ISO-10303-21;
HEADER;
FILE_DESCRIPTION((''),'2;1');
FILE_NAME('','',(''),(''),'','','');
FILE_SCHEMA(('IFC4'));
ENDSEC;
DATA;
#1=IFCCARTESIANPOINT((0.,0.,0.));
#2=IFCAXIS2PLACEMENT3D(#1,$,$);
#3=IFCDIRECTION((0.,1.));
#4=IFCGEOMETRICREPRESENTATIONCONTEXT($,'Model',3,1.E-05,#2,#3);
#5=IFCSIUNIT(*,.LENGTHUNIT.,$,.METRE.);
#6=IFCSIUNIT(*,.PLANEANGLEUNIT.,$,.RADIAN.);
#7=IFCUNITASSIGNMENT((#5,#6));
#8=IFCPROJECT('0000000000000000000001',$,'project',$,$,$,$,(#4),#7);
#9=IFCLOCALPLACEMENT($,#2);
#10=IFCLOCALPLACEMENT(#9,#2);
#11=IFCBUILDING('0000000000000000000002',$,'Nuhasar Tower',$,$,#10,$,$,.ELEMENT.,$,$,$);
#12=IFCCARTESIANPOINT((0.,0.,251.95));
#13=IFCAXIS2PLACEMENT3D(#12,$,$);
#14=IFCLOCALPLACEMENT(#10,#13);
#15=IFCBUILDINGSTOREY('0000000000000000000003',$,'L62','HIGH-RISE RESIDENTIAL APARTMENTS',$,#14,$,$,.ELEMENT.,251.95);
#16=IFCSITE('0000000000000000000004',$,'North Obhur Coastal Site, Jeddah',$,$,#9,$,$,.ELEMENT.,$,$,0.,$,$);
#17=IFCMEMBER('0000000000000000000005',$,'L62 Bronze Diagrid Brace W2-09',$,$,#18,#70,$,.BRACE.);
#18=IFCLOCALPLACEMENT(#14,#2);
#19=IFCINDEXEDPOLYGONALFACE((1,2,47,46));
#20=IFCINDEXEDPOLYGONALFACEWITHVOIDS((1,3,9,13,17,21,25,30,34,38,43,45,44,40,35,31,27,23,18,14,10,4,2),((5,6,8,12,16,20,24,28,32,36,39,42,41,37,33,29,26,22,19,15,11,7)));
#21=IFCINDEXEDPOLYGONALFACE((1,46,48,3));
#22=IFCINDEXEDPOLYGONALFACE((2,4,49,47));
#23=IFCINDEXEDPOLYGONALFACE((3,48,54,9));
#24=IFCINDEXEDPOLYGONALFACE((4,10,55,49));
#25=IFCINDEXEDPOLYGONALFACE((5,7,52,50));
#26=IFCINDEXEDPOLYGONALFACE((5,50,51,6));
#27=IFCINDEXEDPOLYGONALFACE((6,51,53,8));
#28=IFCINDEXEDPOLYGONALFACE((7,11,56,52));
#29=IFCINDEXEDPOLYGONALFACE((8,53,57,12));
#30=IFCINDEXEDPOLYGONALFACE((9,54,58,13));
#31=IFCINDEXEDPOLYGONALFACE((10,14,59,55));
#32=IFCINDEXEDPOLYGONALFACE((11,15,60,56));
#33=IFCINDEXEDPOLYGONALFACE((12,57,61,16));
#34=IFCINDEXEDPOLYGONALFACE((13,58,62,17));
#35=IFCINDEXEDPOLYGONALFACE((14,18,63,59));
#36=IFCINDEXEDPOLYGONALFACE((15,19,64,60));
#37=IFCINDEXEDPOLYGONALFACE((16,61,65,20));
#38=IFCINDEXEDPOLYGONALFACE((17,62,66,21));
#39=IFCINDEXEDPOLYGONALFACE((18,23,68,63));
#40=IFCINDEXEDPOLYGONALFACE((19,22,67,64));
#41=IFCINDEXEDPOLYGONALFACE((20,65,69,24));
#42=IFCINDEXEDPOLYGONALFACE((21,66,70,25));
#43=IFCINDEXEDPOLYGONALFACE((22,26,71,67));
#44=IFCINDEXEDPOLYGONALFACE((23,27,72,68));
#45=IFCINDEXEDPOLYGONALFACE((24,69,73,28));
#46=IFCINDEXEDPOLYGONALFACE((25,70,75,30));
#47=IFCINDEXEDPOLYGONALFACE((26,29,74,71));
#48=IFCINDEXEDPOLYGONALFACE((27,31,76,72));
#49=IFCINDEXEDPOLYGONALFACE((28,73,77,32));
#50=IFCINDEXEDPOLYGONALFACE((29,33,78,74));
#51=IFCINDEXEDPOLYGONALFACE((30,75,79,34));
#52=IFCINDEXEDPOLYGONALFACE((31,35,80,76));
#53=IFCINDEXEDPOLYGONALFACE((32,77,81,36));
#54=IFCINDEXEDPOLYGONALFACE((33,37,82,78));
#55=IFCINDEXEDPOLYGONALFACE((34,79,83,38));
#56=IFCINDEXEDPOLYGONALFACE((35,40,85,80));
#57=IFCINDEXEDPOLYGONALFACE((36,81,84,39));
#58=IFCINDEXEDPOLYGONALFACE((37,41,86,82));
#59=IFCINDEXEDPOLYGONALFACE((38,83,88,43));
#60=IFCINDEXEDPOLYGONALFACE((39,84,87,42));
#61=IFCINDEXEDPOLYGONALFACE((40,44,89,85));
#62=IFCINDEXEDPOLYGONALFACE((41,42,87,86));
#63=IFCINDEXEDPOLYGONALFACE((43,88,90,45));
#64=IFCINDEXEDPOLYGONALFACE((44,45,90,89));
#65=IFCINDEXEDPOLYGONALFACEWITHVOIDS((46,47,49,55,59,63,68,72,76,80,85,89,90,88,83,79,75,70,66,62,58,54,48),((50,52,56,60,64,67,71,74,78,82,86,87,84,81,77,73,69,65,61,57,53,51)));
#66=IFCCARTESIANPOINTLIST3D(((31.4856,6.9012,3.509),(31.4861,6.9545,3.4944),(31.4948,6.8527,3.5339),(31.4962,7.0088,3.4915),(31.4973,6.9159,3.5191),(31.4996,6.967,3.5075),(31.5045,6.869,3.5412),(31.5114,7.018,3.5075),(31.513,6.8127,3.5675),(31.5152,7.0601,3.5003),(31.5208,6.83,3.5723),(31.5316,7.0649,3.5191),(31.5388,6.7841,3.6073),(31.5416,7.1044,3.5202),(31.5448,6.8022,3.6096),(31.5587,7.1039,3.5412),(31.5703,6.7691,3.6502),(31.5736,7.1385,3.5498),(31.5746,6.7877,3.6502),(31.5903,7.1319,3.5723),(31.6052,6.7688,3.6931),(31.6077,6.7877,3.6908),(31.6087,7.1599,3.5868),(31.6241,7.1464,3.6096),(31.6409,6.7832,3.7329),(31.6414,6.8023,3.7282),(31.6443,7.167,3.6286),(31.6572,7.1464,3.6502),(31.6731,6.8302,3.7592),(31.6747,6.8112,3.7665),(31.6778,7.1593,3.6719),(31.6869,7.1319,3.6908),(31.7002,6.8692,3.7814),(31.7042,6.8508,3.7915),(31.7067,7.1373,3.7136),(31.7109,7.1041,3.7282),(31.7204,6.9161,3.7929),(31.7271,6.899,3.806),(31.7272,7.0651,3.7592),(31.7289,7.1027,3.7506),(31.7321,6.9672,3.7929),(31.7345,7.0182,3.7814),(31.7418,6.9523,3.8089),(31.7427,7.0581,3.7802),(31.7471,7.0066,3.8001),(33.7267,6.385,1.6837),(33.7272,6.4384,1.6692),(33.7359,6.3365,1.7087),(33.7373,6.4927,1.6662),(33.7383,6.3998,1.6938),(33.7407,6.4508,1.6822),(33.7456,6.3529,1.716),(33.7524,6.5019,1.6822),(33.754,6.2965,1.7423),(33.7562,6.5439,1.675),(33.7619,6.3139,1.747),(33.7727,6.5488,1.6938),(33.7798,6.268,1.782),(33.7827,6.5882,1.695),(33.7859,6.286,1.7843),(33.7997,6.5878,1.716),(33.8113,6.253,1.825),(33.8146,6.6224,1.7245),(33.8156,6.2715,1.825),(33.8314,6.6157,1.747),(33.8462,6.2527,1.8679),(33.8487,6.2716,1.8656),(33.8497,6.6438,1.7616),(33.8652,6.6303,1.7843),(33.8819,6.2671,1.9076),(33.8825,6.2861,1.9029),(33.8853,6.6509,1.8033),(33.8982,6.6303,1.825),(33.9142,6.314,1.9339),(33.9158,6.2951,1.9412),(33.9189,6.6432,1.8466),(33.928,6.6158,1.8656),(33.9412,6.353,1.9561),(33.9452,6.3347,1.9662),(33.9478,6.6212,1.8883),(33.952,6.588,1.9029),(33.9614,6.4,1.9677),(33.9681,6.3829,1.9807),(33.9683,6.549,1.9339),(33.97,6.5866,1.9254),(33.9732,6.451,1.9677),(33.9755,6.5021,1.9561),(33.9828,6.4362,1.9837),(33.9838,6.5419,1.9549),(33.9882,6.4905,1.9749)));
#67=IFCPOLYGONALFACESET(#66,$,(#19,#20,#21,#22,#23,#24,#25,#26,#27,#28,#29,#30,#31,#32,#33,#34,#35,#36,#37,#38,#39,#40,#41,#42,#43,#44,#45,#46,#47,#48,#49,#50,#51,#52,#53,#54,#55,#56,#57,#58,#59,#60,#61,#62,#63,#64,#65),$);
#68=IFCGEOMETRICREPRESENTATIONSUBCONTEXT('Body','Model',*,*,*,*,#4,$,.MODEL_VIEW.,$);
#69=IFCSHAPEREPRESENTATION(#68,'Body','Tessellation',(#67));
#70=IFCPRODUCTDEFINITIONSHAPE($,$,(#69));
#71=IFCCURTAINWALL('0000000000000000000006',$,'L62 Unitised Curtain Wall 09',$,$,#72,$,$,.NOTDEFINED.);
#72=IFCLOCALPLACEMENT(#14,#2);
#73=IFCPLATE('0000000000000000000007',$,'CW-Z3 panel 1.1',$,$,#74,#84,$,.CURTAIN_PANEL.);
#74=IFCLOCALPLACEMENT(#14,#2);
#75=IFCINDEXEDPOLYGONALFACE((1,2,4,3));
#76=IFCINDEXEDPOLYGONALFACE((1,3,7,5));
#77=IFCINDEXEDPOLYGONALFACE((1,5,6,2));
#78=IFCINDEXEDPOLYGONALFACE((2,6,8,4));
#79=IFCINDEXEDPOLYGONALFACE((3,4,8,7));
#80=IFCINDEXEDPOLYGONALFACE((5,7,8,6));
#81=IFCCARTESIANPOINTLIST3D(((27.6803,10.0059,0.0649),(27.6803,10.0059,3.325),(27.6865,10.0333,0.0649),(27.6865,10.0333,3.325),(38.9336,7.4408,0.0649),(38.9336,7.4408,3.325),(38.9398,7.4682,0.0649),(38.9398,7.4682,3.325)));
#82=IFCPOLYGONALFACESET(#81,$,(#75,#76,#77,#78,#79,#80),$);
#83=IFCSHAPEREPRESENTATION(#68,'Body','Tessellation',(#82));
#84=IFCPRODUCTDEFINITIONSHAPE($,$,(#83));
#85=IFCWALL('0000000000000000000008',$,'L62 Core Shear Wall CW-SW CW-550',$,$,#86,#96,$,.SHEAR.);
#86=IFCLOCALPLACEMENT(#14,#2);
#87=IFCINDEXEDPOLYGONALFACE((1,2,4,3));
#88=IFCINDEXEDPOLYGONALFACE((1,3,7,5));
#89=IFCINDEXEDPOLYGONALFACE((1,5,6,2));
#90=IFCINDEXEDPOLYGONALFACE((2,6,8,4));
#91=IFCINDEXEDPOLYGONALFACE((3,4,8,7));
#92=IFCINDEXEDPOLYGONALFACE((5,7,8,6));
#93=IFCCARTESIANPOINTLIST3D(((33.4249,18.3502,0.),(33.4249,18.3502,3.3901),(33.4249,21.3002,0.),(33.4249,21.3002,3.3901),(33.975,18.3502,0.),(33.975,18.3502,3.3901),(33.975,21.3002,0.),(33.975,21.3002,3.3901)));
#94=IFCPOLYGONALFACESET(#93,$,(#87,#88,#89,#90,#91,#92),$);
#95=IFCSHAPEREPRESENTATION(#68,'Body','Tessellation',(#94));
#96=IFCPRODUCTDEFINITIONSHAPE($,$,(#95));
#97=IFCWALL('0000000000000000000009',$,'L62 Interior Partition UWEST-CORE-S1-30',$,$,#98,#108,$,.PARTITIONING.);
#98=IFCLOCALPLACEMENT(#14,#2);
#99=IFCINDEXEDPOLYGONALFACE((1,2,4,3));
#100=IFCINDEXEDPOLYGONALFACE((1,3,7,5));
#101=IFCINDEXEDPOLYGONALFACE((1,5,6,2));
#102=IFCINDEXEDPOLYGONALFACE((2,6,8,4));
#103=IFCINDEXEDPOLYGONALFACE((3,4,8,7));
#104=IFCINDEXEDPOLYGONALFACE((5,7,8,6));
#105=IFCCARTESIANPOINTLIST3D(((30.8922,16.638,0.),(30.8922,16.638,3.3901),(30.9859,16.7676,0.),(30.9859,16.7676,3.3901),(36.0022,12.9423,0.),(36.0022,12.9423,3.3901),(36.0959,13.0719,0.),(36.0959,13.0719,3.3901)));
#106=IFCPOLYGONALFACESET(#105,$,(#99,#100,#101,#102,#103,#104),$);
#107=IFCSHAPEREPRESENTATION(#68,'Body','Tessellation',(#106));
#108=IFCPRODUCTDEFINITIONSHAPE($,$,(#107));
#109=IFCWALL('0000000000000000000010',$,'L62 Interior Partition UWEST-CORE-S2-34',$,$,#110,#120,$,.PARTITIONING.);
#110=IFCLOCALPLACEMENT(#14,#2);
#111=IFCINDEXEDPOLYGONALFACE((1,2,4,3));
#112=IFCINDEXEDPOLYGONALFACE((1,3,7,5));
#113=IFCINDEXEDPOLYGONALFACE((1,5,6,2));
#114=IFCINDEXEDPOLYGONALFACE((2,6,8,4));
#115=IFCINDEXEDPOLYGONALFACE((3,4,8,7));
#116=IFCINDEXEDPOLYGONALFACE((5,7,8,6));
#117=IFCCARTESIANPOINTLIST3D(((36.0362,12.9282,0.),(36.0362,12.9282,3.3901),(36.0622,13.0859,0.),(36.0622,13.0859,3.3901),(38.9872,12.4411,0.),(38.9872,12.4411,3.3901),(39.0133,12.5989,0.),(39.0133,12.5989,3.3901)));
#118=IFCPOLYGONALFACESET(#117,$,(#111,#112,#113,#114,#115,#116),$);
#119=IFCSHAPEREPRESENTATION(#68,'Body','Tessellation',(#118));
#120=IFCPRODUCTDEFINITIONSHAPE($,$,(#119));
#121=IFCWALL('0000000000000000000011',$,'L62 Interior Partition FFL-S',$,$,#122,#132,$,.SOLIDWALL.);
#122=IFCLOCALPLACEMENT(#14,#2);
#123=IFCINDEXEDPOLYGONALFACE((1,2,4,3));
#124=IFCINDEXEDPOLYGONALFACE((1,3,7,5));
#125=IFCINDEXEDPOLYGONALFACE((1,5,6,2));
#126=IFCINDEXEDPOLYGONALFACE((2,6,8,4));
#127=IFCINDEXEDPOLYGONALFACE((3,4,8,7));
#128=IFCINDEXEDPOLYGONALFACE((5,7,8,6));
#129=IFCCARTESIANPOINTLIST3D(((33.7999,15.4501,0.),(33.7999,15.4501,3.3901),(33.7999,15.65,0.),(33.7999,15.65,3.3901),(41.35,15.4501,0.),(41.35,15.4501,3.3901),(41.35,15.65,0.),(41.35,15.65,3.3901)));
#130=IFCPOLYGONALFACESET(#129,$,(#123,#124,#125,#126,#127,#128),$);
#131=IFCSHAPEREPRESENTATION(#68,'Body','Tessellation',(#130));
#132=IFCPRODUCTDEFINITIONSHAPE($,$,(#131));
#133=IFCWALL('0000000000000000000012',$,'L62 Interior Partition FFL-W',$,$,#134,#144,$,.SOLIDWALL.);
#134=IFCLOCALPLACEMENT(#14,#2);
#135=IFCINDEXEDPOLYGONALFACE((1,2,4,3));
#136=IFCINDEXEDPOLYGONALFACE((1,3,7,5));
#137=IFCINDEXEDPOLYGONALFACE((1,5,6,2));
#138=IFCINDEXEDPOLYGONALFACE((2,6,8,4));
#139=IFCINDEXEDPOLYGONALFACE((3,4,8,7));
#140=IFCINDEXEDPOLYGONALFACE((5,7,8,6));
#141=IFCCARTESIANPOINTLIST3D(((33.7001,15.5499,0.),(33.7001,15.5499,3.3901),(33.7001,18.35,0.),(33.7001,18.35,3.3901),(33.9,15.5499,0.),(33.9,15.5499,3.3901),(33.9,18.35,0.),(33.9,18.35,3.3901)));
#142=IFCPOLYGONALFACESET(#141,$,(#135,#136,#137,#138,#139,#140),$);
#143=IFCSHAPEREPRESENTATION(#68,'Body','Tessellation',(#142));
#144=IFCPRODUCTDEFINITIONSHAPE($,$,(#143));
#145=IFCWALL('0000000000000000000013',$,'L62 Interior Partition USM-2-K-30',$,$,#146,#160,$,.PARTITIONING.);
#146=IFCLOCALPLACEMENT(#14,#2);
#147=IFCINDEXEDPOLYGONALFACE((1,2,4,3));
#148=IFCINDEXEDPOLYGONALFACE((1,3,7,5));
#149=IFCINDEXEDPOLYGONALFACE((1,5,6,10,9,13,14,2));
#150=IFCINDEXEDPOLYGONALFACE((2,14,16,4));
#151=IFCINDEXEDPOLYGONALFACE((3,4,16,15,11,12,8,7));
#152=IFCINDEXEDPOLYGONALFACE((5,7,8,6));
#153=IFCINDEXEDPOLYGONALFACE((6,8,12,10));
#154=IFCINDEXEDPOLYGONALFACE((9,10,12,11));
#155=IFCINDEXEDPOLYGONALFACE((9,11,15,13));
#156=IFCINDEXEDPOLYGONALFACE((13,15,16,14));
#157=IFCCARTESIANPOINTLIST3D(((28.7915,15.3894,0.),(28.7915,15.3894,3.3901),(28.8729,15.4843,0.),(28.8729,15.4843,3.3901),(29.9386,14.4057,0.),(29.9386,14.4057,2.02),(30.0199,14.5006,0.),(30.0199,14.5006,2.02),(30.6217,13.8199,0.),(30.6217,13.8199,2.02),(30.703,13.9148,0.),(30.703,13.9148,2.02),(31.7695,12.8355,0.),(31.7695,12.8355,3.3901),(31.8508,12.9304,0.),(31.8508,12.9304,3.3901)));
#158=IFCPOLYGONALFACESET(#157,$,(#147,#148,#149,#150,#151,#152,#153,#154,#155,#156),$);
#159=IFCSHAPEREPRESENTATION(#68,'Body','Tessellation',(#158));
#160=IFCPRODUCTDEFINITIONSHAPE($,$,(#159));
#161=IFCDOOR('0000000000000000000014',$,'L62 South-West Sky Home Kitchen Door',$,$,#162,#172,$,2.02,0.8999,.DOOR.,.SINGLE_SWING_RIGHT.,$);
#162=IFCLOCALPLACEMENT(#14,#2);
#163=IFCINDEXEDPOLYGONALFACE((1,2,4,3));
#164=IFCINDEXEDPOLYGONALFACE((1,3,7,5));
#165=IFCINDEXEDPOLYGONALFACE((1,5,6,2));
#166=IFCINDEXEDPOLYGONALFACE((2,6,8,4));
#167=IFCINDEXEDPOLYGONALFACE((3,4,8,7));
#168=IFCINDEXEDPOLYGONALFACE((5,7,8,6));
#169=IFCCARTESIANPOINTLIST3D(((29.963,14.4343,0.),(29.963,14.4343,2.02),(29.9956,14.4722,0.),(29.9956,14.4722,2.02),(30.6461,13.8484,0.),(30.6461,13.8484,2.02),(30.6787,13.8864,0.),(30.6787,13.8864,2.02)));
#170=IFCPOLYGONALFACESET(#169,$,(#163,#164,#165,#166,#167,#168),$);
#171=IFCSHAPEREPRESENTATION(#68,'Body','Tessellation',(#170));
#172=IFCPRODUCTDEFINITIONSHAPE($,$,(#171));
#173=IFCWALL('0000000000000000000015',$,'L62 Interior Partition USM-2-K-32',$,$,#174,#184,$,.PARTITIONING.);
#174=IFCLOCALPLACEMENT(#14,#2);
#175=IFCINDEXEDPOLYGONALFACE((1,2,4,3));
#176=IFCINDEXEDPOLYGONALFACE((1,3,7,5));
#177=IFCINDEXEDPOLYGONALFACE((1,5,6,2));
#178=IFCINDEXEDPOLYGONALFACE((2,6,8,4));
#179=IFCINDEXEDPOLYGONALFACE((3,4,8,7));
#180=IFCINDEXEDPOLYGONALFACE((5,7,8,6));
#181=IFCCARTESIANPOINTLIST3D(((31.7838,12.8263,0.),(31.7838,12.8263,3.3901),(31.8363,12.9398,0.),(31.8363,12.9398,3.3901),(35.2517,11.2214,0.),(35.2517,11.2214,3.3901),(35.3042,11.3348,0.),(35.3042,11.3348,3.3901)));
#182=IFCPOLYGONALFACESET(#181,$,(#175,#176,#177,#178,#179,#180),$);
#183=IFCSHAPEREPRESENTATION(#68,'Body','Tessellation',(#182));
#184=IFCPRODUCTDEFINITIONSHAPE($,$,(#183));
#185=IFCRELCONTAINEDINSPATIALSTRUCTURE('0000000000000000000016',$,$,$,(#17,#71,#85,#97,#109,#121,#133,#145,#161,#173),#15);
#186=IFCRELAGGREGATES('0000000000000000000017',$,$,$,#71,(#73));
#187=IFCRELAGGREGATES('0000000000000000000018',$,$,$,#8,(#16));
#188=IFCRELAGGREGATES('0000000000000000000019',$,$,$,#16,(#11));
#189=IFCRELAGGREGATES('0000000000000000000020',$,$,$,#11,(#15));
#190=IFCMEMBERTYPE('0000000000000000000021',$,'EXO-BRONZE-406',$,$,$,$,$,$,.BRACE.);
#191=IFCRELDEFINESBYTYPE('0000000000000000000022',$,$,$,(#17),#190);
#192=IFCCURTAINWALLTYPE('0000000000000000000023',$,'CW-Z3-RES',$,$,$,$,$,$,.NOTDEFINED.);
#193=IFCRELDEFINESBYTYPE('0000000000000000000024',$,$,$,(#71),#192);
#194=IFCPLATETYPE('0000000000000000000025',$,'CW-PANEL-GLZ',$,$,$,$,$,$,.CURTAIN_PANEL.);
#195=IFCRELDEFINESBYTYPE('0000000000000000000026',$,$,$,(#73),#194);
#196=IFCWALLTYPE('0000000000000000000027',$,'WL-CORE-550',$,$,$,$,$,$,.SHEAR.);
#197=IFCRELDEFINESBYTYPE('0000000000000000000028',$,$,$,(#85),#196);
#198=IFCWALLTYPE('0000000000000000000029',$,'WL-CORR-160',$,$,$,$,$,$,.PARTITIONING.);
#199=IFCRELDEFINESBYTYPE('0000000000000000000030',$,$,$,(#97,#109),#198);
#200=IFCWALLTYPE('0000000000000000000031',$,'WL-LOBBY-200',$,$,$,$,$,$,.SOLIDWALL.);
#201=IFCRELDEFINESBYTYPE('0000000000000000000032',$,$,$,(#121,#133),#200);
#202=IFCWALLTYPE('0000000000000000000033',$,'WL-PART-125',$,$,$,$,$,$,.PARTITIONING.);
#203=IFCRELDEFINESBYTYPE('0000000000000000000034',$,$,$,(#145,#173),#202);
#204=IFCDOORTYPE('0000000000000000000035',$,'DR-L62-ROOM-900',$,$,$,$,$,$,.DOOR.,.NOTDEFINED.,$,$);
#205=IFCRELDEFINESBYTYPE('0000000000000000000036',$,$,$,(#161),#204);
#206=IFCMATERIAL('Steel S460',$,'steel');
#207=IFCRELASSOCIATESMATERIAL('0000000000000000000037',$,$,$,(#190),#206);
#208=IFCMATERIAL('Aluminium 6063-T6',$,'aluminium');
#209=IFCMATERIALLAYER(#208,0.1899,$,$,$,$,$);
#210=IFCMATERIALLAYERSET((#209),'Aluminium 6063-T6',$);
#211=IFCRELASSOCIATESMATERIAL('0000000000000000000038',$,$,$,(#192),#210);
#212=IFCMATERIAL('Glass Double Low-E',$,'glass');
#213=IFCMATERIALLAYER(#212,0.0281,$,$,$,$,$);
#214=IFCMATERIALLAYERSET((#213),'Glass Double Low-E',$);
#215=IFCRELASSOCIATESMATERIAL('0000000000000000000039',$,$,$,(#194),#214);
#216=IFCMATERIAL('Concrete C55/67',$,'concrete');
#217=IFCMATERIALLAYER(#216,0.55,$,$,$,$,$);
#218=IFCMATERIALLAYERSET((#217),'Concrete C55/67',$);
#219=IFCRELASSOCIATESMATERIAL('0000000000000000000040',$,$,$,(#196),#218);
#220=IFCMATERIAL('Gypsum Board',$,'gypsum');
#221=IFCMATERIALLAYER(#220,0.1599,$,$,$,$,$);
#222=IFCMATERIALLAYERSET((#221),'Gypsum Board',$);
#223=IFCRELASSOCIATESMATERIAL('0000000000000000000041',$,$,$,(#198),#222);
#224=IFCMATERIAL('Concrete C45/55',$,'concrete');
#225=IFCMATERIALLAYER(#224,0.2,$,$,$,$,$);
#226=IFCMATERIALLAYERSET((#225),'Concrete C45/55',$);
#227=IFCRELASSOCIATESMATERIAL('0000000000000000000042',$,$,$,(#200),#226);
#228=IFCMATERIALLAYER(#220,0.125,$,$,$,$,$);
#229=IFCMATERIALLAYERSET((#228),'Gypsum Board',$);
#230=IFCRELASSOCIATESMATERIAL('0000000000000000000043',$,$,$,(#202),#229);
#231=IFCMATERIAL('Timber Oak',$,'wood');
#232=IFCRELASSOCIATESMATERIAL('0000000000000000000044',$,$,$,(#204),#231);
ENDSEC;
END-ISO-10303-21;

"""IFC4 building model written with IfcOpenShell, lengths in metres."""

from ifc_helpers import new_model, si_unit, direction, frame, frame_2d, origin, origin_2d, place, context, subcontext, project, spatial, rectangle, hollow_circle, extrude, material, layer, layer_set, material_profile, profile_set, type_object, element, fill, aggregate, save


model = new_model("IFC4")

# Units and contexts
model_context = context("Model", 3, precision=1e-05, world=origin(), true_north=direction((0.0, 1.0)))
body_context = subcontext(model_context, "Body", "Model", "MODEL_VIEW")
ifc_project = project(units=[si_unit("LENGTHUNIT", "METRE"), si_unit("PLANEANGLEUNIT", "RADIAN")], contexts=[model_context])

# Site, building, storey
site_placement = place(None, origin())
site = spatial("IfcSite", under=ifc_project, at=site_placement, Name="North Obhur Coastal Site, Jeddah", CompositionType="ELEMENT", RefElevation=0.0)
building_placement = place(site_placement, origin())
building = spatial("IfcBuilding", under=site, at=building_placement, Name="Nuhasar Tower", CompositionType="ELEMENT")
storey_placement = place(building_placement, frame((0.0, 0.0, 251.95)))
storey = spatial("IfcBuildingStorey", under=building, at=storey_placement, Name="L62", Description="HIGH-RISE RESIDENTIAL APARTMENTS", CompositionType="ELEMENT", Elevation=251.95)

# Shared definitions
ifc_material_1 = material(Name="Concrete C55/67", Category="concrete")

# Member
ifc_material_2 = material(Name="Steel S460", Category="steel")
ifc_material_profile_1 = material_profile(ifc_material_2, hollow_circle(Radius=0.2031, WallThickness=0.019, at=origin_2d()), Name="HSS406.4X19.1")
ifc_profile_set_1 = profile_set([ifc_material_profile_1], Name="Steel S460")
member_type = type_object("IfcMemberType", Name="EXO-BRONZE-406", PredefinedType="BRACE", material=ifc_profile_set_1)
member_1_placement = place(storey_placement, frame((33.8569, 6.4509, 1.825), z_axis=(-0.763292, 0.175793, 0.621677), x_axis=(-0.224433, -0.97449, 0.0)))
element("IfcMember", 1, at=member_1_placement, inside=storey, type_object=member_type, Name="L62 Bronze Diagrid Brace W2-09", PredefinedType="BRACE", context=body_context, shape_type="SweptSolid", body=[
    extrude(hollow_circle(Radius=0.2031, WallThickness=0.019, at=origin_2d()), origin(), (0.0, 0.0, 1.0), 2.936),
])

# Curtain wall, plate
ifc_material_3 = material(Name="Aluminium 6063-T6", Category="aluminium")
ifc_layer_1 = layer(ifc_material_3, 0.1899)
ifc_layer_set_1 = layer_set([ifc_layer_1], Name="Aluminium 6063-T6")
curtain_wall_type = type_object("IfcCurtainWallType", Name="CW-Z3-RES", PredefinedType="NOTDEFINED", material=ifc_layer_set_1)
curtain_wall_placement = place(storey_placement, origin())
curtain_wall = element("IfcCurtainWall", 2, at=curtain_wall_placement, inside=storey, type_object=curtain_wall_type, Name="L62 Unitised Curtain Wall 09", PredefinedType="NOTDEFINED")
ifc_material_4 = material(Name="Glass Double Low-E", Category="glass")
ifc_layer_2 = layer(ifc_material_4, 0.0281)
ifc_layer_set_2 = layer_set([ifc_layer_2], Name="Glass Double Low-E")
plate_type = type_object("IfcPlateType", Name="CW-PANEL-GLZ", PredefinedType="CURTAIN_PANEL", material=ifc_layer_set_2)
plate_placement = place(storey_placement, frame((33.3101, 8.7371, 0.0649), z_axis=(0.0, 0.0, 1.0), x_axis=(0.974991, -0.222243, 0.0)))
plate = element("IfcPlate", 3, at=plate_placement, type_object=plate_type, Name="CW-Z3 panel 1.1", PredefinedType="CURTAIN_PANEL", context=body_context, shape_type="SweptSolid", body=[
    extrude(rectangle(XDim=11.542, YDim=0.0281, at=origin_2d()), origin(), (0.0, 0.0, 1.0), 3.26),
])
aggregate(curtain_wall, [plate])

# Walls
ifc_layer_3 = layer(ifc_material_1, 0.55)
ifc_layer_set_3 = layer_set([ifc_layer_3], Name="Concrete C55/67")
wall_type_1 = type_object("IfcWallType", Name="WL-CORE-550", PredefinedType="SHEAR", material=ifc_layer_set_3)
wall_1_placement = place(storey_placement, frame((33.7, 18.3501, 0.0), z_axis=(0.0, 0.0, 1.0), x_axis=(0.0, 1.0, 0.0)))
element("IfcWall", 4, at=wall_1_placement, inside=storey, type_object=wall_type_1, Name="L62 Core Shear Wall CW-SW CW-550", PredefinedType="SHEAR", context=body_context, shape_type="SweptSolid", body=[
    extrude(rectangle(XDim=2.95, YDim=0.55, at=frame_2d((1.4751, 0.0))), origin(), (0.0, 0.0, 1.0), 3.3901),
])
ifc_material_5 = material(Name="Gypsum Board", Category="gypsum")
ifc_layer_4 = layer(ifc_material_5, 0.1599)
ifc_layer_set_4 = layer_set([ifc_layer_4], Name="Gypsum Board")
wall_type_2 = type_object("IfcWallType", Name="WL-CORR-160", PredefinedType="PARTITIONING", material=ifc_layer_set_4)
wall_2_placement = place(storey_placement, frame((30.939, 16.7029, 0.0), z_axis=(0.0, 0.0, 1.0), x_axis=(0.81029, -0.586029, 0.0)))
element("IfcWall", 5, at=wall_2_placement, inside=storey, type_object=wall_type_2, Name="L62 Interior Partition UWEST-CORE-S1-30", PredefinedType="PARTITIONING", context=body_context, shape_type="SweptSolid", body=[
    extrude(rectangle(XDim=6.3064, YDim=0.1599, at=frame_2d((3.1533, 0.0))), origin(), (0.0, 0.0, 1.0), 3.3901),
])
wall_3_placement = place(storey_placement, frame((36.0491, 13.0071, 0.0), z_axis=(0.0, 0.0, 1.0), x_axis=(0.986651, -0.16285, 0.0)))
element("IfcWall", 6, at=wall_3_placement, inside=storey, type_object=wall_type_2, Name="L62 Interior Partition UWEST-CORE-S2-34", PredefinedType="PARTITIONING", context=body_context, shape_type="SweptSolid", body=[
    extrude(rectangle(XDim=2.991, YDim=0.1599, at=frame_2d((1.4956, 0.0))), origin(), (0.0, 0.0, 1.0), 3.3901),
])
ifc_material_6 = material(Name="Concrete C45/55", Category="concrete")
ifc_layer_5 = layer(ifc_material_6, 0.2)
ifc_layer_set_5 = layer_set([ifc_layer_5], Name="Concrete C45/55")
wall_type_3 = type_object("IfcWallType", Name="WL-LOBBY-200", PredefinedType="SOLIDWALL", material=ifc_layer_set_5)
wall_4_placement = place(storey_placement, frame((33.8, 15.55, 0.0), z_axis=(0.0, 0.0, 1.0), x_axis=(1.0, 0.0, 0.0)))
element("IfcWall", 7, at=wall_4_placement, inside=storey, type_object=wall_type_3, Name="L62 Interior Partition FFL-S", PredefinedType="SOLIDWALL", context=body_context, shape_type="SweptSolid", body=[
    extrude(rectangle(XDim=7.55, YDim=0.2, at=frame_2d((3.7749, 0.0))), origin(), (0.0, 0.0, 1.0), 3.3901),
])
wall_5_placement = place(storey_placement, frame((33.8, 15.55, 0.0), z_axis=(0.0, 0.0, 1.0), x_axis=(0.0, 1.0, 0.0)))
element("IfcWall", 8, at=wall_5_placement, inside=storey, type_object=wall_type_3, Name="L62 Interior Partition FFL-W", PredefinedType="SOLIDWALL", context=body_context, shape_type="SweptSolid", body=[
    extrude(rectangle(XDim=2.8, YDim=0.2, at=frame_2d((1.3999, 0.0))), origin(), (0.0, 0.0, 1.0), 3.3901),
])

# Wall, opening, door
ifc_layer_6 = layer(ifc_material_5, 0.125)
ifc_layer_set_6 = layer_set([ifc_layer_6], Name="Gypsum Board")
wall_type_4 = type_object("IfcWallType", Name="WL-PART-125", PredefinedType="PARTITIONING", material=ifc_layer_set_6)
wall_6_placement = place(storey_placement, frame((31.8101, 12.8831, 0.0), z_axis=(0.0, 0.0, 1.0), x_axis=(-0.759085, 0.650991, 0.0)))
wall_6 = element("IfcWall", 9, at=wall_6_placement, inside=storey, type_object=wall_type_4, Name="L62 Interior Partition USM-2-K-30", PredefinedType="PARTITIONING", context=body_context, shape_type="SweptSolid", body=[
    extrude(rectangle(XDim=3.9231, YDim=0.125, at=frame_2d((1.9614, 0.0))), origin(), (0.0, 0.0, 1.0), 3.3901),
])
opening_1_placement = place(wall_6_placement, frame((1.512, 0.0, 0.0)))
opening_1 = element("IfcOpeningElement", 10, at=opening_1_placement, cuts=wall_6, PredefinedType="OPENING", context=body_context, shape_type="SweptSolid", body=[
    extrude(rectangle(XDim=0.8999, YDim=2.02, at=frame_2d((0.45, 1.01))), frame((0.0, 0.0725, 0.0), z_axis=(0.0, -1.0, 0.0), x_axis=(1.0, 0.0, 0.0)), (0.0, 0.0, 1.0), 0.145),
])
ifc_material_7 = material(Name="Timber Oak", Category="wood")
door_type = type_object("IfcDoorType", Name="DR-L62-ROOM-900", OperationType="NOTDEFINED", PredefinedType="DOOR", material=ifc_material_7)
door_1_placement = place(opening_1_placement, origin())
door_1 = element("IfcDoor", 11, at=door_1_placement, inside=storey, type_object=door_type, Name="L62 South-West Sky Home Kitchen Door", OperationType="SINGLE_SWING_RIGHT", OverallHeight=2.02, OverallWidth=0.8999, PredefinedType="DOOR", context=body_context, shape_type="SweptSolid", body=[
    extrude(rectangle(XDim=0.8999, YDim=2.02, at=frame_2d((0.45, 1.01))), frame((0.0, 0.0249, 0.0), z_axis=(0.0, -1.0, 0.0), x_axis=(1.0, 0.0, 0.0)), (0.0, 0.0, 1.0), 0.05),
])
fill(opening_1, door_1)

# Wall
wall_7_placement = place(storey_placement, frame((31.8101, 12.8831, 0.0), z_axis=(0.0, 0.0, 1.0), x_axis=(0.907525, -0.419998, 0.0)))
element("IfcWall", 12, at=wall_7_placement, inside=storey, type_object=wall_type_4, Name="L62 Interior Partition USM-2-K-32", PredefinedType="PARTITIONING", context=body_context, shape_type="SweptSolid", body=[
    extrude(rectangle(XDim=3.8213, YDim=0.125, at=frame_2d((1.9106, 0.0))), origin(), (0.0, 0.0, 1.0), 3.3901),
])

save(model, "model.ifc")
